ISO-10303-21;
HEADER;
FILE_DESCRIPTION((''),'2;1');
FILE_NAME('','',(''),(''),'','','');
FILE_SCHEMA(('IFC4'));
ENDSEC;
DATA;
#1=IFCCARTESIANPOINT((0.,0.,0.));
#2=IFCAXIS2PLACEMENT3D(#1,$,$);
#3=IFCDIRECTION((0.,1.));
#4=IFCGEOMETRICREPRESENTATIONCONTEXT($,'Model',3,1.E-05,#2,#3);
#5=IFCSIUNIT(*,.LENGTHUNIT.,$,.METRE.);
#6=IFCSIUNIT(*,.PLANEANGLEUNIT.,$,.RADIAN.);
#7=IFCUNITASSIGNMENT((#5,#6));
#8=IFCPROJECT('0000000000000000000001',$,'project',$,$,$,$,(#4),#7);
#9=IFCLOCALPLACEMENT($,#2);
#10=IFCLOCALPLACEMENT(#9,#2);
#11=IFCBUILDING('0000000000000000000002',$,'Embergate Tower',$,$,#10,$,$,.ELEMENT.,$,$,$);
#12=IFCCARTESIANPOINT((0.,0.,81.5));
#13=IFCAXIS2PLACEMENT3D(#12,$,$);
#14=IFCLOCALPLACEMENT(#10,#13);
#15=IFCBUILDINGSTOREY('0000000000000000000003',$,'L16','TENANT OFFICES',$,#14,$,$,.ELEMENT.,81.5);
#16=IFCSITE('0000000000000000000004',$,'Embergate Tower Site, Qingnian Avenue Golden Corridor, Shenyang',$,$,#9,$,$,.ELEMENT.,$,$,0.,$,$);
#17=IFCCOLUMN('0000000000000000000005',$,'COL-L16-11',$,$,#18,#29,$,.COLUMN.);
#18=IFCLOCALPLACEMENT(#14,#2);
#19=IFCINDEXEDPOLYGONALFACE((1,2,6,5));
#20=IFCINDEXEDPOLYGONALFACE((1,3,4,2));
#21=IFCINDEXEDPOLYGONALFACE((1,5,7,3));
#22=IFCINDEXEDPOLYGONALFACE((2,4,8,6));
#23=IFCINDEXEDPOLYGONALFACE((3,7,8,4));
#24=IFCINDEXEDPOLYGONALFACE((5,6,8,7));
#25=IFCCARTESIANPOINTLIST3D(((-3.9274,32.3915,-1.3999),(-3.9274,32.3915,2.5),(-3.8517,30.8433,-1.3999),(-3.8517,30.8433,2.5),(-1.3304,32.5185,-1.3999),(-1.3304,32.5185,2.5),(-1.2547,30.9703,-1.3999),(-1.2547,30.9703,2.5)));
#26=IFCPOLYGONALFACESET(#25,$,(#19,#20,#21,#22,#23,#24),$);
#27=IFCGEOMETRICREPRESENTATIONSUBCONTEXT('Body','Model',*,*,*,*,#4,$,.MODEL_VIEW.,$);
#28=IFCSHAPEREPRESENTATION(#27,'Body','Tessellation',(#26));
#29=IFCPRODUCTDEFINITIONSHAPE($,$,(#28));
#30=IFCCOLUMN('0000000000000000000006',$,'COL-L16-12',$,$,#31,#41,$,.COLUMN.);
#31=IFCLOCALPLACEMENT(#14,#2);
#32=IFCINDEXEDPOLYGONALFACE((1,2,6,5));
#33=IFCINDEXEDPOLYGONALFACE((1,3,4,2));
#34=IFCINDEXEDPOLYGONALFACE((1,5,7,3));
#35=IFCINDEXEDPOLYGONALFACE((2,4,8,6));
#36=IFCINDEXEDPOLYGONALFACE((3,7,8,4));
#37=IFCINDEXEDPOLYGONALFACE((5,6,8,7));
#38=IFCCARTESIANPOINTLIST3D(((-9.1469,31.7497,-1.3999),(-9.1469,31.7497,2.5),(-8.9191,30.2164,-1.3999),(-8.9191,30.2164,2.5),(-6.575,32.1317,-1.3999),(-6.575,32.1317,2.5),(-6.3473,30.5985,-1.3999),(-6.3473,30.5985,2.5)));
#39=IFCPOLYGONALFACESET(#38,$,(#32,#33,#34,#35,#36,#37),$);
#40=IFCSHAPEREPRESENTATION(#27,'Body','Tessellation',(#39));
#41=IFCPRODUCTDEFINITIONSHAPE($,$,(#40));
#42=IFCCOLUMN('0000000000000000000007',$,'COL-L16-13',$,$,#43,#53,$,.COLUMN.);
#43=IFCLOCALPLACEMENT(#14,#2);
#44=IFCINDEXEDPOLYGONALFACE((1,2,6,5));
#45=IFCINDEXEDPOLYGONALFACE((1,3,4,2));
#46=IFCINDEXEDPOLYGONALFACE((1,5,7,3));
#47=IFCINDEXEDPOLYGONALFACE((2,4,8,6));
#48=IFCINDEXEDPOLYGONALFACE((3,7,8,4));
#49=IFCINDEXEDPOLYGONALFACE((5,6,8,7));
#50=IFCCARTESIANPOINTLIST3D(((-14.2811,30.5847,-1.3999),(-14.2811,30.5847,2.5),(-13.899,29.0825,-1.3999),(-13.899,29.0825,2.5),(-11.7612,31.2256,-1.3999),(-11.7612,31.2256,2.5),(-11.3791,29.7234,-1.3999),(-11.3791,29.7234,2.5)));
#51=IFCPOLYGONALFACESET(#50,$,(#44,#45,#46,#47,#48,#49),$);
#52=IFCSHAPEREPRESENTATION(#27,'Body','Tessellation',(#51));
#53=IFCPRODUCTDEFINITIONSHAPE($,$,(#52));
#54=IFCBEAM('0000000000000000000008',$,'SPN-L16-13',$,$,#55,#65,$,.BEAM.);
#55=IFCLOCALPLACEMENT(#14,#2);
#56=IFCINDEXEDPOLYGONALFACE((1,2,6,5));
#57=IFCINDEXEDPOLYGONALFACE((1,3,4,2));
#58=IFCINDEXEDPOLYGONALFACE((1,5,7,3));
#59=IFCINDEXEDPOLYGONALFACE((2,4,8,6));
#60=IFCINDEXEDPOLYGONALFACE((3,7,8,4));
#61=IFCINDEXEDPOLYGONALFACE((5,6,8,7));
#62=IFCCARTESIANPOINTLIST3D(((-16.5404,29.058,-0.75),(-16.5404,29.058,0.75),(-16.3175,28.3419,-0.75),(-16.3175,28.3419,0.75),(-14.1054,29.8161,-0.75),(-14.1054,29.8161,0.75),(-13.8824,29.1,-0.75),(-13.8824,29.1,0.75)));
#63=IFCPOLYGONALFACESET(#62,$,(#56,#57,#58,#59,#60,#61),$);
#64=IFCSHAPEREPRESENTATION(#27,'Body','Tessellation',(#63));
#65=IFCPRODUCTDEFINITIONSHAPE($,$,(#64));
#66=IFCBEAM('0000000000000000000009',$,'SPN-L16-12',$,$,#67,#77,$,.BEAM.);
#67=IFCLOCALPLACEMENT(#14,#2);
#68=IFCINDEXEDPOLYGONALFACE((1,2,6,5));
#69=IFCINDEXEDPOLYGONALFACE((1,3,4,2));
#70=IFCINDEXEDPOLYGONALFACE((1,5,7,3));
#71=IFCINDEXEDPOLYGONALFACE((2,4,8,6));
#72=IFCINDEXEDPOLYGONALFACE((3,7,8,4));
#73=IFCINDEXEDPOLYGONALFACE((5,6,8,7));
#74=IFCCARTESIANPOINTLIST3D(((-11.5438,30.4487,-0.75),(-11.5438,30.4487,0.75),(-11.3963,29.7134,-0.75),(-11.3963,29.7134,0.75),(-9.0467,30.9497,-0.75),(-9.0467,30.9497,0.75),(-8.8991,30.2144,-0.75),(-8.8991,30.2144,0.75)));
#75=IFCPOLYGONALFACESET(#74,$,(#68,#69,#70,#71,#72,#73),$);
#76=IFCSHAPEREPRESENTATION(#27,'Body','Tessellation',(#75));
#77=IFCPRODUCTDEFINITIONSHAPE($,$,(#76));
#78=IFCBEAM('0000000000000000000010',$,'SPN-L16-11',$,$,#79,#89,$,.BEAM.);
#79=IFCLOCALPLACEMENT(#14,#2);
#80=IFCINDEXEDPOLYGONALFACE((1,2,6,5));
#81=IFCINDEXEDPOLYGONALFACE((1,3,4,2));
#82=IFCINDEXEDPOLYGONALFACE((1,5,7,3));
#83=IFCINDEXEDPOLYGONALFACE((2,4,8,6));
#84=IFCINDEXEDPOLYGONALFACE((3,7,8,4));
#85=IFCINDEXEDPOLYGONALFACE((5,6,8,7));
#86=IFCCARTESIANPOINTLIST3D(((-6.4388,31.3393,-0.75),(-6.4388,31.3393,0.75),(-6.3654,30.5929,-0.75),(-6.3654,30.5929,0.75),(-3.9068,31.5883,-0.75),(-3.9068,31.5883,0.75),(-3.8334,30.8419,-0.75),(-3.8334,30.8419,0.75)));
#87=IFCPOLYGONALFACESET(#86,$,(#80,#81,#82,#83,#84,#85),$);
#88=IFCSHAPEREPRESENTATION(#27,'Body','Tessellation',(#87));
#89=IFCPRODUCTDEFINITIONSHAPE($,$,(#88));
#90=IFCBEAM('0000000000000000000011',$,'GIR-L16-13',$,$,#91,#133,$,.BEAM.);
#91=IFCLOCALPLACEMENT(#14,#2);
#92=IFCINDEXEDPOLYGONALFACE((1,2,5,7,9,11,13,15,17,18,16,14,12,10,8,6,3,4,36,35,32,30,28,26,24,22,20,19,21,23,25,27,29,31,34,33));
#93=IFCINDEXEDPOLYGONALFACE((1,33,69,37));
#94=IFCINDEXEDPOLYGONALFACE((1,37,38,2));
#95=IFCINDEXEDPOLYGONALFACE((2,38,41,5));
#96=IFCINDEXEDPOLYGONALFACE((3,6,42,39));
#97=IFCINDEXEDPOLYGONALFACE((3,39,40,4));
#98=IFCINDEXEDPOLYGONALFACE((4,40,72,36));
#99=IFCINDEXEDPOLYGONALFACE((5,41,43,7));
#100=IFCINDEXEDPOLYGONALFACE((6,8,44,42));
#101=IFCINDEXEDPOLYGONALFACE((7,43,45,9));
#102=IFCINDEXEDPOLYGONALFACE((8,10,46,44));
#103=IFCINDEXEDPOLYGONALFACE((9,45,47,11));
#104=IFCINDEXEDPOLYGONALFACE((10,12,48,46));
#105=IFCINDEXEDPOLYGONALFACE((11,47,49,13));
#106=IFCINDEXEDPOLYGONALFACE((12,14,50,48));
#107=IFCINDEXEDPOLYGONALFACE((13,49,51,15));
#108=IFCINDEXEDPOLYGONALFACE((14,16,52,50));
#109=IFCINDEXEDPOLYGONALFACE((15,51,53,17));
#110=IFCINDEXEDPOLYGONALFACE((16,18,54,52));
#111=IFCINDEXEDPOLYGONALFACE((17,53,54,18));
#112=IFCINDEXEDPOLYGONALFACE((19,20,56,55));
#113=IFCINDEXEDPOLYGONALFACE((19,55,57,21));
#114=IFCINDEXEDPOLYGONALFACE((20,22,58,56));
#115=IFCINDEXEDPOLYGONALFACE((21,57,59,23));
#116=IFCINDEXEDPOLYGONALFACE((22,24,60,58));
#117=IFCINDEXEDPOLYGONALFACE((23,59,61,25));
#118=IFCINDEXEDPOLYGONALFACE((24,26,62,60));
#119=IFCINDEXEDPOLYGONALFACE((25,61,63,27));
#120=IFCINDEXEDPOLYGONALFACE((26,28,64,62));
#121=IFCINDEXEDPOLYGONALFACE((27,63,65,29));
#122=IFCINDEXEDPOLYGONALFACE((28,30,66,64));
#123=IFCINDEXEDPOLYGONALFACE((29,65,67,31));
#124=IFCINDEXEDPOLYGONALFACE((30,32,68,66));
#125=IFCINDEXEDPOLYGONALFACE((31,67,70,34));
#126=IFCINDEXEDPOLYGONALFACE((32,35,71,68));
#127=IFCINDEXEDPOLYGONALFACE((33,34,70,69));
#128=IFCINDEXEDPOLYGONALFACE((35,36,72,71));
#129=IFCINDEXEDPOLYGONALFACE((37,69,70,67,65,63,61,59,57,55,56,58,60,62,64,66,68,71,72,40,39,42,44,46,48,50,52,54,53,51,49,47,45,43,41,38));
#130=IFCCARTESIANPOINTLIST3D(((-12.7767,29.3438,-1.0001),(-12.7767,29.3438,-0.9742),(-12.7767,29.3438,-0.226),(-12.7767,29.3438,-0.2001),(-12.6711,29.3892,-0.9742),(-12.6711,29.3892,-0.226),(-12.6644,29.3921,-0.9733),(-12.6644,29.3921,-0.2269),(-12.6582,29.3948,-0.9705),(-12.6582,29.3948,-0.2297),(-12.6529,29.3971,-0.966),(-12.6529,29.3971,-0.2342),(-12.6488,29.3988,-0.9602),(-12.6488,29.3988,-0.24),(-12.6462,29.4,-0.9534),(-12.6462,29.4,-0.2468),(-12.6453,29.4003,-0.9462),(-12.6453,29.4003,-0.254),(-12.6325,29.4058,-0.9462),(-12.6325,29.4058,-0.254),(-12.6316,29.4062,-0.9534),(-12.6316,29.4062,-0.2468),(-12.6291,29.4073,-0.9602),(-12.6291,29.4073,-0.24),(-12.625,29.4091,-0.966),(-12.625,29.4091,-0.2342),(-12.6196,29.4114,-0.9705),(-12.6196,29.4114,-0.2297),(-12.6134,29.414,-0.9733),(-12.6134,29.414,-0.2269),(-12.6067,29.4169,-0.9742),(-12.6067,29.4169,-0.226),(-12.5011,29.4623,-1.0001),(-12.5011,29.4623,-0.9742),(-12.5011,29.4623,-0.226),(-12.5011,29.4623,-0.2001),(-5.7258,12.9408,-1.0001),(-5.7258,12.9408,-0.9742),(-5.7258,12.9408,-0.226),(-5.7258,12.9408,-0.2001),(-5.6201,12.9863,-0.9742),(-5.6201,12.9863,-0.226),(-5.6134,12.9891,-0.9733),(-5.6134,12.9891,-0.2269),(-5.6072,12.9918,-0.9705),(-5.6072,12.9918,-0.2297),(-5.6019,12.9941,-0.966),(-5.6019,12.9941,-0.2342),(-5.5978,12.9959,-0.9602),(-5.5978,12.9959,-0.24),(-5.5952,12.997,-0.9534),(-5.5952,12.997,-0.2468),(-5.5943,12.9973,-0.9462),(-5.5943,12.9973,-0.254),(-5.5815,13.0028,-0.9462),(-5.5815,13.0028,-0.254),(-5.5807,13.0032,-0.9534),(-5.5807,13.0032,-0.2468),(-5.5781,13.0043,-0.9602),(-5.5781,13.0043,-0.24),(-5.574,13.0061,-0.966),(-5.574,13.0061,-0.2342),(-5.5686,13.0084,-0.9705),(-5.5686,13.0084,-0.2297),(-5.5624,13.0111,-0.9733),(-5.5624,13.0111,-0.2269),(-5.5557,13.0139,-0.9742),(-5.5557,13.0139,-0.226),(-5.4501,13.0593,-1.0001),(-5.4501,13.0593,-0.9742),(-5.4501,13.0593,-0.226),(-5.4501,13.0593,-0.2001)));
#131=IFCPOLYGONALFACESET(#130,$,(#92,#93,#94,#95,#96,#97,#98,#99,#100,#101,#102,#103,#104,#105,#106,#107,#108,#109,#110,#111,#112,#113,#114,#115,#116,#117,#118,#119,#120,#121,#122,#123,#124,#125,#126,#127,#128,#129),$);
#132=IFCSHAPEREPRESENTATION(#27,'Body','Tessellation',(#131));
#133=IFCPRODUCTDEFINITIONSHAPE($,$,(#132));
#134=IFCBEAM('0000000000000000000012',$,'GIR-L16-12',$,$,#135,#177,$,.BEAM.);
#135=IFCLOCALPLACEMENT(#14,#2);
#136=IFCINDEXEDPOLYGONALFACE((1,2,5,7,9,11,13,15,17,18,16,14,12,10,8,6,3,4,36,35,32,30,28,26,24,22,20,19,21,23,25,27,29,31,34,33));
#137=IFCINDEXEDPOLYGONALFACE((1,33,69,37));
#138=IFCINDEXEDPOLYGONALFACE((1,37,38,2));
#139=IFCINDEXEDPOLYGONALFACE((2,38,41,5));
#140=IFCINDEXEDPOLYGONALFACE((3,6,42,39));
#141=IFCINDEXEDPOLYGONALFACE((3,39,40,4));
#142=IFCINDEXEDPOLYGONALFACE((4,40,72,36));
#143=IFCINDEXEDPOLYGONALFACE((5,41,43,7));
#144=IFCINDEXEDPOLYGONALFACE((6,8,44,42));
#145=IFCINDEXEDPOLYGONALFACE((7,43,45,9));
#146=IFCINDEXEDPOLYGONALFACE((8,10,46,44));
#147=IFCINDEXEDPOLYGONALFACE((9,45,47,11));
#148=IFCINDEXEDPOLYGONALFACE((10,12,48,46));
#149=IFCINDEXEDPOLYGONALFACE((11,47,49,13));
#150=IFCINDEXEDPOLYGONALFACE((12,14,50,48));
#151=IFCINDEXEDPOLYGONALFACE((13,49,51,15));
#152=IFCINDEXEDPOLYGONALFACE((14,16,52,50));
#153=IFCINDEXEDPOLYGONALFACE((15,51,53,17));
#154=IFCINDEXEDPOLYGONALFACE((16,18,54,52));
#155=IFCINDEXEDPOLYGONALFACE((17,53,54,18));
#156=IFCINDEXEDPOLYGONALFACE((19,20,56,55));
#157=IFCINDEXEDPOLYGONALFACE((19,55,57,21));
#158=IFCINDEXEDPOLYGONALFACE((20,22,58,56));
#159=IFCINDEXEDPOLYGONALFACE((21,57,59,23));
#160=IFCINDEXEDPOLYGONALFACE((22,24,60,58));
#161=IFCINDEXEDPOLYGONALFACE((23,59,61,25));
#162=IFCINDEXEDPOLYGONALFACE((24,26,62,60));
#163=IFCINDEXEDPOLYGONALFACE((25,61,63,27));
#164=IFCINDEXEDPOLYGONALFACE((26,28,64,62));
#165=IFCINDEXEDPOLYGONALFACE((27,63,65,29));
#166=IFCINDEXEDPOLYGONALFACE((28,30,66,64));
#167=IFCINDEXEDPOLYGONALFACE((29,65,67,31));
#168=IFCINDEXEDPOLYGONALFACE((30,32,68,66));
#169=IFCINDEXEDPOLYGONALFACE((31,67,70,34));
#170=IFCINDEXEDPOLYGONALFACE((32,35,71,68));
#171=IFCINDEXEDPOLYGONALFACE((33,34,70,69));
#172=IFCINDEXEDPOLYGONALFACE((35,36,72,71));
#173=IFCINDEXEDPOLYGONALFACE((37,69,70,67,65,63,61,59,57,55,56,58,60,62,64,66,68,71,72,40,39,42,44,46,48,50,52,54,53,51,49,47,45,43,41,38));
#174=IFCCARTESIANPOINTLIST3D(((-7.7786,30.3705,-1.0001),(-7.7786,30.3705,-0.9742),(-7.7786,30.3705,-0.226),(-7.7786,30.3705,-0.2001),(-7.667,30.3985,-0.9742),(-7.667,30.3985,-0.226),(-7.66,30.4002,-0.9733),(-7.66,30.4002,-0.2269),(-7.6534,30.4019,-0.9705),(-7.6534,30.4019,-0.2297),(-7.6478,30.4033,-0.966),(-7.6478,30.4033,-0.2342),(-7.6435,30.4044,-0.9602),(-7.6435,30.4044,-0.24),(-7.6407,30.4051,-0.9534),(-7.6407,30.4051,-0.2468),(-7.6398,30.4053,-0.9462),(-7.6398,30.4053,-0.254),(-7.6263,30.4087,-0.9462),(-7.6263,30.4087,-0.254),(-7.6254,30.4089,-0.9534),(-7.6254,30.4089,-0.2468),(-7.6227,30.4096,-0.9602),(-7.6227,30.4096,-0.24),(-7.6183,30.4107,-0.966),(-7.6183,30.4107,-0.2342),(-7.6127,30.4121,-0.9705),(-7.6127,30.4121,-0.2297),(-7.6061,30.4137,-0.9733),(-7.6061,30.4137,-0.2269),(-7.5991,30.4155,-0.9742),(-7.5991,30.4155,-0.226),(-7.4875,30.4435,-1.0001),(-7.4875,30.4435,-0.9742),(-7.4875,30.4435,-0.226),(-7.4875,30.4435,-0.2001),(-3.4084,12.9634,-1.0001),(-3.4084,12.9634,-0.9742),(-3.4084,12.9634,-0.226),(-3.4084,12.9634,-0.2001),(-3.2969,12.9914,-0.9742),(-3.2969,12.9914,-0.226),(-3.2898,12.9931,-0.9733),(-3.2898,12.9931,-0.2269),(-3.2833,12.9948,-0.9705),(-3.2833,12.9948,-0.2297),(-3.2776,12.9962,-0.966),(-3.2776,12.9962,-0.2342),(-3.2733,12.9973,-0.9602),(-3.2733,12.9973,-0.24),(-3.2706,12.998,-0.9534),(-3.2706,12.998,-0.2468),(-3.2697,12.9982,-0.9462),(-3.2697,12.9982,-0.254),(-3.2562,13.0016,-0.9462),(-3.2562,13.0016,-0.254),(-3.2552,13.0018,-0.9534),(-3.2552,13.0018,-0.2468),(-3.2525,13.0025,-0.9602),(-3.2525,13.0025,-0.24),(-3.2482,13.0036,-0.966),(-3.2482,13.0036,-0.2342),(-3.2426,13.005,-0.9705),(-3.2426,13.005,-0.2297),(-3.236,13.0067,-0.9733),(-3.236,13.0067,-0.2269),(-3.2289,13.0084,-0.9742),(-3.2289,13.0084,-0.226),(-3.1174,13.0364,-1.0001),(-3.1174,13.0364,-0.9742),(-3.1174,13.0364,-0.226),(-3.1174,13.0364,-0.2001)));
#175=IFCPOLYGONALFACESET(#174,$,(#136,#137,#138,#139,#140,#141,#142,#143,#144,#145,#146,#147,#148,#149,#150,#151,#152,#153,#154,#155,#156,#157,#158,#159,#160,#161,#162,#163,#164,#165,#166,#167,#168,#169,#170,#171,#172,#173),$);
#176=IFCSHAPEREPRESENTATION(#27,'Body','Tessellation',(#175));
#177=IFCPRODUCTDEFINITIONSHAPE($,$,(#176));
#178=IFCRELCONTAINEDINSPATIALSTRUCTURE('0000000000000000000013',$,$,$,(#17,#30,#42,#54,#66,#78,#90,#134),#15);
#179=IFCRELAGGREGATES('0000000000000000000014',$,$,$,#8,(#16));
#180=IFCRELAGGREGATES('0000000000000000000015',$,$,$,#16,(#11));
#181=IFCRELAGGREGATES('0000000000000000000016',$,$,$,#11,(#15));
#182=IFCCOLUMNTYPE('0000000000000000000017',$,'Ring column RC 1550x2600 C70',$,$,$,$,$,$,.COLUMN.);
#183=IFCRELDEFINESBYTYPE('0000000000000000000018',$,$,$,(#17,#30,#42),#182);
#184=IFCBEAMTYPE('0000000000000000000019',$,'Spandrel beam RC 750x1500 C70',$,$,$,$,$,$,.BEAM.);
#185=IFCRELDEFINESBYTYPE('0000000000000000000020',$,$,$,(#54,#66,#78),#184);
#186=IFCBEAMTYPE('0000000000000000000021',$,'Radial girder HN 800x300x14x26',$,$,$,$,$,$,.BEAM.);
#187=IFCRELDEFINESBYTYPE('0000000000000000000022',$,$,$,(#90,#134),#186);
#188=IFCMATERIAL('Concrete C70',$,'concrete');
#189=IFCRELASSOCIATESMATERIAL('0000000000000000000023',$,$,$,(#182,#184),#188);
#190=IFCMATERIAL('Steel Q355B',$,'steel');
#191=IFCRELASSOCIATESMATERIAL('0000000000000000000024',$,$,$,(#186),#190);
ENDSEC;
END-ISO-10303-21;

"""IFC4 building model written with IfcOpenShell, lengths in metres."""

from ifc_helpers import new_model, si_unit, direction, frame, origin, origin_2d, place, context, subcontext, project, spatial, rectangle, i_section, extrude, source, transform, mapped, material, material_profile, profile_set, type_object, element, save


model = new_model("IFC4")

# Units and contexts
model_context = context("Model", 3, precision=1e-05, world=origin(), true_north=direction((0.0, 1.0)))
body_context = subcontext(model_context, "Body", "Model", "MODEL_VIEW")
ifc_project = project(units=[si_unit("LENGTHUNIT", "METRE"), si_unit("PLANEANGLEUNIT", "RADIAN")], contexts=[model_context])

# Site, building, storey
site_placement = place(None, origin())
site = spatial("IfcSite", under=ifc_project, at=site_placement, Name="Embergate Tower Site, Qingnian Avenue Golden Corridor, Shenyang", CompositionType="ELEMENT", RefElevation=0.0)
building_placement = place(site_placement, origin())
building = spatial("IfcBuilding", under=site, at=building_placement, Name="Embergate Tower", CompositionType="ELEMENT")
storey_placement = place(building_placement, frame((0.0, 0.0, 81.5)))
storey = spatial("IfcBuildingStorey", under=building, at=storey_placement, Name="L16", Description="TENANT OFFICES", CompositionType="ELEMENT", Elevation=81.5)

# Columns
ifc_material_1 = material(Name="Concrete C70", Category="concrete")
ifc_material_profile_1 = material_profile(ifc_material_1, rectangle(XDim=1.55, YDim=2.6001, at=origin_2d()), Name="RC 1550x2600")
ifc_profile_set_1 = profile_set([ifc_material_profile_1], Name="Concrete C70")
column_type = type_object("IfcColumnType", Name="Ring column RC 1550x2600 C70", PredefinedType="COLUMN", material=ifc_profile_set_1)
shared_shape_1 = source(origin(), body_context, "Body", "SweptSolid", [
    extrude(rectangle(XDim=1.55, YDim=2.6001, at=origin_2d()), origin(), (0.0, 0.0, 1.0), 3.8999),
])
for number, where, z_axis, x_axis, name in (
    (1, (-2.5911, 31.6809, -1.3999), (0.0, 0.0, 1.0), (-0.048815, 0.998808, 0.0), "COL-L16-11"),
    (2, (-7.7471, 31.1741, -1.3999), (0.0, 0.0, 1.0), (-0.146929, 0.989147, 0.0), "COL-L16-12"),
    (3, (-12.8301, 30.1541, -1.3999), (0.0, 0.0, 1.0), (-0.246492, 0.969145, 0.0), "COL-L16-13"),
):
    element("IfcColumn", number, at=place(storey_placement, frame(where, z_axis=z_axis, x_axis=x_axis)), inside=storey, type_object=column_type, Name=name, PredefinedType="COLUMN", context=body_context, shape_type="MappedRepresentation", body=[
        mapped(shared_shape_1, transform((0.0, 0.0, 0.0))),
    ])

# Beams
ifc_material_profile_2 = material_profile(ifc_material_1, rectangle(XDim=0.75, YDim=1.5, at=origin_2d()), Name="RC 750x1500")
ifc_profile_set_2 = profile_set([ifc_material_profile_2], Name="Concrete C70")
beam_type_1 = type_object("IfcBeamType", Name="Spandrel beam RC 750x1500 C70", PredefinedType="BEAM", material=ifc_profile_set_2)
shared_shape_2 = source(origin(), body_context, "Body", "SweptSolid", [
    extrude(rectangle(XDim=0.75, YDim=1.5, at=origin_2d()), origin(), (0.0, 0.0, 1.0), 2.5503),
])
beam_1_placement = place(storey_placement, frame((-13.9939, 29.458, 0.0), z_axis=(-0.954803, -0.297239, 0.0), x_axis=(0.297239, -0.954803, 0.0)))
element("IfcBeam", 4, at=beam_1_placement, inside=storey, type_object=beam_type_1, Name="SPN-L16-13", PredefinedType="BEAM", context=body_context, shape_type="MappedRepresentation", body=[
    mapped(shared_shape_2, transform((0.0, 0.0, 0.0))),
])
shared_shape_3 = source(origin(), body_context, "Body", "SweptSolid", [
    extrude(rectangle(XDim=0.75, YDim=1.5, at=origin_2d()), origin(), (0.0, 0.0, 1.0), 2.5469),
])
beam_2_placement = place(storey_placement, frame((-8.9729, 30.582, 0.0), z_axis=(-0.980463, -0.196706, 0.0), x_axis=(0.196706, -0.980463, 0.0)))
element("IfcBeam", 5, at=beam_2_placement, inside=storey, type_object=beam_type_1, Name="SPN-L16-12", PredefinedType="BEAM", context=body_context, shape_type="MappedRepresentation", body=[
    mapped(shared_shape_3, transform((0.0, 0.0, 0.0))),
])
shared_shape_4 = source(origin(), body_context, "Body", "SweptSolid", [
    extrude(rectangle(XDim=0.75, YDim=1.5, at=origin_2d()), origin(), (0.0, 0.0, 1.0), 2.5442),
])
beam_3_placement = place(storey_placement, frame((-3.8701, 31.2151, 0.0), z_axis=(-0.995198, -0.097879, 0.0), x_axis=(0.097879, -0.995198, 0.0)))
element("IfcBeam", 6, at=beam_3_placement, inside=storey, type_object=beam_type_1, Name="SPN-L16-11", PredefinedType="BEAM", context=body_context, shape_type="MappedRepresentation", body=[
    mapped(shared_shape_4, transform((0.0, 0.0, 0.0))),
])
ifc_material_2 = material(Name="Steel Q355B", Category="steel")
ifc_material_profile_3 = material_profile(ifc_material_2, i_section(OverallWidth=0.3, OverallDepth=0.8, WebThickness=0.0139, FlangeThickness=0.0259, FilletRadius=0.0281, at=origin_2d()), Name="HN 800x300x14x26")
ifc_profile_set_3 = profile_set([ifc_material_profile_3], Name="Steel Q355 grade B")
beam_type_2 = type_object("IfcBeamType", Name="Radial girder HN 800x300x14x26", PredefinedType="BEAM", material=ifc_profile_set_3)
shared_shape_5 = source(origin(), body_context, "Body", "SweptSolid", [
    extrude(i_section(OverallWidth=0.3, OverallDepth=0.8, WebThickness=0.0139, FlangeThickness=0.0259, FilletRadius=0.0281, at=origin_2d()), origin(), (0.0, 0.0, 1.0), 17.8542),
])
beam_4_placement = place(storey_placement, frame((-12.6389, 29.4031, -0.6001), z_axis=(0.394919, -0.918716, 0.0), x_axis=(0.918716, 0.394919, 0.0)))
element("IfcBeam", 7, at=beam_4_placement, inside=storey, type_object=beam_type_2, Name="GIR-L16-13", PredefinedType="BEAM", context=body_context, shape_type="MappedRepresentation", body=[
    mapped(shared_shape_5, transform((0.0, 0.0, 0.0))),
])
shared_shape_6 = source(origin(), body_context, "Body", "SweptSolid", [
    extrude(i_section(OverallWidth=0.3, OverallDepth=0.8, WebThickness=0.0139, FlangeThickness=0.0259, FilletRadius=0.0281, at=origin_2d()), origin(), (0.0, 0.0, 1.0), 17.9473),
])
beam_5_placement = place(storey_placement, frame((-7.6331, 30.407, -0.6001), z_axis=(0.243499, -0.969901, 0.0), x_axis=(0.969901, 0.243499, 0.0)))
element("IfcBeam", 8, at=beam_5_placement, inside=storey, type_object=beam_type_2, Name="GIR-L16-12", PredefinedType="BEAM", context=body_context, shape_type="MappedRepresentation", body=[
    mapped(shared_shape_6, transform((0.0, 0.0, 0.0))),
])

save(model, "model.ifc")
